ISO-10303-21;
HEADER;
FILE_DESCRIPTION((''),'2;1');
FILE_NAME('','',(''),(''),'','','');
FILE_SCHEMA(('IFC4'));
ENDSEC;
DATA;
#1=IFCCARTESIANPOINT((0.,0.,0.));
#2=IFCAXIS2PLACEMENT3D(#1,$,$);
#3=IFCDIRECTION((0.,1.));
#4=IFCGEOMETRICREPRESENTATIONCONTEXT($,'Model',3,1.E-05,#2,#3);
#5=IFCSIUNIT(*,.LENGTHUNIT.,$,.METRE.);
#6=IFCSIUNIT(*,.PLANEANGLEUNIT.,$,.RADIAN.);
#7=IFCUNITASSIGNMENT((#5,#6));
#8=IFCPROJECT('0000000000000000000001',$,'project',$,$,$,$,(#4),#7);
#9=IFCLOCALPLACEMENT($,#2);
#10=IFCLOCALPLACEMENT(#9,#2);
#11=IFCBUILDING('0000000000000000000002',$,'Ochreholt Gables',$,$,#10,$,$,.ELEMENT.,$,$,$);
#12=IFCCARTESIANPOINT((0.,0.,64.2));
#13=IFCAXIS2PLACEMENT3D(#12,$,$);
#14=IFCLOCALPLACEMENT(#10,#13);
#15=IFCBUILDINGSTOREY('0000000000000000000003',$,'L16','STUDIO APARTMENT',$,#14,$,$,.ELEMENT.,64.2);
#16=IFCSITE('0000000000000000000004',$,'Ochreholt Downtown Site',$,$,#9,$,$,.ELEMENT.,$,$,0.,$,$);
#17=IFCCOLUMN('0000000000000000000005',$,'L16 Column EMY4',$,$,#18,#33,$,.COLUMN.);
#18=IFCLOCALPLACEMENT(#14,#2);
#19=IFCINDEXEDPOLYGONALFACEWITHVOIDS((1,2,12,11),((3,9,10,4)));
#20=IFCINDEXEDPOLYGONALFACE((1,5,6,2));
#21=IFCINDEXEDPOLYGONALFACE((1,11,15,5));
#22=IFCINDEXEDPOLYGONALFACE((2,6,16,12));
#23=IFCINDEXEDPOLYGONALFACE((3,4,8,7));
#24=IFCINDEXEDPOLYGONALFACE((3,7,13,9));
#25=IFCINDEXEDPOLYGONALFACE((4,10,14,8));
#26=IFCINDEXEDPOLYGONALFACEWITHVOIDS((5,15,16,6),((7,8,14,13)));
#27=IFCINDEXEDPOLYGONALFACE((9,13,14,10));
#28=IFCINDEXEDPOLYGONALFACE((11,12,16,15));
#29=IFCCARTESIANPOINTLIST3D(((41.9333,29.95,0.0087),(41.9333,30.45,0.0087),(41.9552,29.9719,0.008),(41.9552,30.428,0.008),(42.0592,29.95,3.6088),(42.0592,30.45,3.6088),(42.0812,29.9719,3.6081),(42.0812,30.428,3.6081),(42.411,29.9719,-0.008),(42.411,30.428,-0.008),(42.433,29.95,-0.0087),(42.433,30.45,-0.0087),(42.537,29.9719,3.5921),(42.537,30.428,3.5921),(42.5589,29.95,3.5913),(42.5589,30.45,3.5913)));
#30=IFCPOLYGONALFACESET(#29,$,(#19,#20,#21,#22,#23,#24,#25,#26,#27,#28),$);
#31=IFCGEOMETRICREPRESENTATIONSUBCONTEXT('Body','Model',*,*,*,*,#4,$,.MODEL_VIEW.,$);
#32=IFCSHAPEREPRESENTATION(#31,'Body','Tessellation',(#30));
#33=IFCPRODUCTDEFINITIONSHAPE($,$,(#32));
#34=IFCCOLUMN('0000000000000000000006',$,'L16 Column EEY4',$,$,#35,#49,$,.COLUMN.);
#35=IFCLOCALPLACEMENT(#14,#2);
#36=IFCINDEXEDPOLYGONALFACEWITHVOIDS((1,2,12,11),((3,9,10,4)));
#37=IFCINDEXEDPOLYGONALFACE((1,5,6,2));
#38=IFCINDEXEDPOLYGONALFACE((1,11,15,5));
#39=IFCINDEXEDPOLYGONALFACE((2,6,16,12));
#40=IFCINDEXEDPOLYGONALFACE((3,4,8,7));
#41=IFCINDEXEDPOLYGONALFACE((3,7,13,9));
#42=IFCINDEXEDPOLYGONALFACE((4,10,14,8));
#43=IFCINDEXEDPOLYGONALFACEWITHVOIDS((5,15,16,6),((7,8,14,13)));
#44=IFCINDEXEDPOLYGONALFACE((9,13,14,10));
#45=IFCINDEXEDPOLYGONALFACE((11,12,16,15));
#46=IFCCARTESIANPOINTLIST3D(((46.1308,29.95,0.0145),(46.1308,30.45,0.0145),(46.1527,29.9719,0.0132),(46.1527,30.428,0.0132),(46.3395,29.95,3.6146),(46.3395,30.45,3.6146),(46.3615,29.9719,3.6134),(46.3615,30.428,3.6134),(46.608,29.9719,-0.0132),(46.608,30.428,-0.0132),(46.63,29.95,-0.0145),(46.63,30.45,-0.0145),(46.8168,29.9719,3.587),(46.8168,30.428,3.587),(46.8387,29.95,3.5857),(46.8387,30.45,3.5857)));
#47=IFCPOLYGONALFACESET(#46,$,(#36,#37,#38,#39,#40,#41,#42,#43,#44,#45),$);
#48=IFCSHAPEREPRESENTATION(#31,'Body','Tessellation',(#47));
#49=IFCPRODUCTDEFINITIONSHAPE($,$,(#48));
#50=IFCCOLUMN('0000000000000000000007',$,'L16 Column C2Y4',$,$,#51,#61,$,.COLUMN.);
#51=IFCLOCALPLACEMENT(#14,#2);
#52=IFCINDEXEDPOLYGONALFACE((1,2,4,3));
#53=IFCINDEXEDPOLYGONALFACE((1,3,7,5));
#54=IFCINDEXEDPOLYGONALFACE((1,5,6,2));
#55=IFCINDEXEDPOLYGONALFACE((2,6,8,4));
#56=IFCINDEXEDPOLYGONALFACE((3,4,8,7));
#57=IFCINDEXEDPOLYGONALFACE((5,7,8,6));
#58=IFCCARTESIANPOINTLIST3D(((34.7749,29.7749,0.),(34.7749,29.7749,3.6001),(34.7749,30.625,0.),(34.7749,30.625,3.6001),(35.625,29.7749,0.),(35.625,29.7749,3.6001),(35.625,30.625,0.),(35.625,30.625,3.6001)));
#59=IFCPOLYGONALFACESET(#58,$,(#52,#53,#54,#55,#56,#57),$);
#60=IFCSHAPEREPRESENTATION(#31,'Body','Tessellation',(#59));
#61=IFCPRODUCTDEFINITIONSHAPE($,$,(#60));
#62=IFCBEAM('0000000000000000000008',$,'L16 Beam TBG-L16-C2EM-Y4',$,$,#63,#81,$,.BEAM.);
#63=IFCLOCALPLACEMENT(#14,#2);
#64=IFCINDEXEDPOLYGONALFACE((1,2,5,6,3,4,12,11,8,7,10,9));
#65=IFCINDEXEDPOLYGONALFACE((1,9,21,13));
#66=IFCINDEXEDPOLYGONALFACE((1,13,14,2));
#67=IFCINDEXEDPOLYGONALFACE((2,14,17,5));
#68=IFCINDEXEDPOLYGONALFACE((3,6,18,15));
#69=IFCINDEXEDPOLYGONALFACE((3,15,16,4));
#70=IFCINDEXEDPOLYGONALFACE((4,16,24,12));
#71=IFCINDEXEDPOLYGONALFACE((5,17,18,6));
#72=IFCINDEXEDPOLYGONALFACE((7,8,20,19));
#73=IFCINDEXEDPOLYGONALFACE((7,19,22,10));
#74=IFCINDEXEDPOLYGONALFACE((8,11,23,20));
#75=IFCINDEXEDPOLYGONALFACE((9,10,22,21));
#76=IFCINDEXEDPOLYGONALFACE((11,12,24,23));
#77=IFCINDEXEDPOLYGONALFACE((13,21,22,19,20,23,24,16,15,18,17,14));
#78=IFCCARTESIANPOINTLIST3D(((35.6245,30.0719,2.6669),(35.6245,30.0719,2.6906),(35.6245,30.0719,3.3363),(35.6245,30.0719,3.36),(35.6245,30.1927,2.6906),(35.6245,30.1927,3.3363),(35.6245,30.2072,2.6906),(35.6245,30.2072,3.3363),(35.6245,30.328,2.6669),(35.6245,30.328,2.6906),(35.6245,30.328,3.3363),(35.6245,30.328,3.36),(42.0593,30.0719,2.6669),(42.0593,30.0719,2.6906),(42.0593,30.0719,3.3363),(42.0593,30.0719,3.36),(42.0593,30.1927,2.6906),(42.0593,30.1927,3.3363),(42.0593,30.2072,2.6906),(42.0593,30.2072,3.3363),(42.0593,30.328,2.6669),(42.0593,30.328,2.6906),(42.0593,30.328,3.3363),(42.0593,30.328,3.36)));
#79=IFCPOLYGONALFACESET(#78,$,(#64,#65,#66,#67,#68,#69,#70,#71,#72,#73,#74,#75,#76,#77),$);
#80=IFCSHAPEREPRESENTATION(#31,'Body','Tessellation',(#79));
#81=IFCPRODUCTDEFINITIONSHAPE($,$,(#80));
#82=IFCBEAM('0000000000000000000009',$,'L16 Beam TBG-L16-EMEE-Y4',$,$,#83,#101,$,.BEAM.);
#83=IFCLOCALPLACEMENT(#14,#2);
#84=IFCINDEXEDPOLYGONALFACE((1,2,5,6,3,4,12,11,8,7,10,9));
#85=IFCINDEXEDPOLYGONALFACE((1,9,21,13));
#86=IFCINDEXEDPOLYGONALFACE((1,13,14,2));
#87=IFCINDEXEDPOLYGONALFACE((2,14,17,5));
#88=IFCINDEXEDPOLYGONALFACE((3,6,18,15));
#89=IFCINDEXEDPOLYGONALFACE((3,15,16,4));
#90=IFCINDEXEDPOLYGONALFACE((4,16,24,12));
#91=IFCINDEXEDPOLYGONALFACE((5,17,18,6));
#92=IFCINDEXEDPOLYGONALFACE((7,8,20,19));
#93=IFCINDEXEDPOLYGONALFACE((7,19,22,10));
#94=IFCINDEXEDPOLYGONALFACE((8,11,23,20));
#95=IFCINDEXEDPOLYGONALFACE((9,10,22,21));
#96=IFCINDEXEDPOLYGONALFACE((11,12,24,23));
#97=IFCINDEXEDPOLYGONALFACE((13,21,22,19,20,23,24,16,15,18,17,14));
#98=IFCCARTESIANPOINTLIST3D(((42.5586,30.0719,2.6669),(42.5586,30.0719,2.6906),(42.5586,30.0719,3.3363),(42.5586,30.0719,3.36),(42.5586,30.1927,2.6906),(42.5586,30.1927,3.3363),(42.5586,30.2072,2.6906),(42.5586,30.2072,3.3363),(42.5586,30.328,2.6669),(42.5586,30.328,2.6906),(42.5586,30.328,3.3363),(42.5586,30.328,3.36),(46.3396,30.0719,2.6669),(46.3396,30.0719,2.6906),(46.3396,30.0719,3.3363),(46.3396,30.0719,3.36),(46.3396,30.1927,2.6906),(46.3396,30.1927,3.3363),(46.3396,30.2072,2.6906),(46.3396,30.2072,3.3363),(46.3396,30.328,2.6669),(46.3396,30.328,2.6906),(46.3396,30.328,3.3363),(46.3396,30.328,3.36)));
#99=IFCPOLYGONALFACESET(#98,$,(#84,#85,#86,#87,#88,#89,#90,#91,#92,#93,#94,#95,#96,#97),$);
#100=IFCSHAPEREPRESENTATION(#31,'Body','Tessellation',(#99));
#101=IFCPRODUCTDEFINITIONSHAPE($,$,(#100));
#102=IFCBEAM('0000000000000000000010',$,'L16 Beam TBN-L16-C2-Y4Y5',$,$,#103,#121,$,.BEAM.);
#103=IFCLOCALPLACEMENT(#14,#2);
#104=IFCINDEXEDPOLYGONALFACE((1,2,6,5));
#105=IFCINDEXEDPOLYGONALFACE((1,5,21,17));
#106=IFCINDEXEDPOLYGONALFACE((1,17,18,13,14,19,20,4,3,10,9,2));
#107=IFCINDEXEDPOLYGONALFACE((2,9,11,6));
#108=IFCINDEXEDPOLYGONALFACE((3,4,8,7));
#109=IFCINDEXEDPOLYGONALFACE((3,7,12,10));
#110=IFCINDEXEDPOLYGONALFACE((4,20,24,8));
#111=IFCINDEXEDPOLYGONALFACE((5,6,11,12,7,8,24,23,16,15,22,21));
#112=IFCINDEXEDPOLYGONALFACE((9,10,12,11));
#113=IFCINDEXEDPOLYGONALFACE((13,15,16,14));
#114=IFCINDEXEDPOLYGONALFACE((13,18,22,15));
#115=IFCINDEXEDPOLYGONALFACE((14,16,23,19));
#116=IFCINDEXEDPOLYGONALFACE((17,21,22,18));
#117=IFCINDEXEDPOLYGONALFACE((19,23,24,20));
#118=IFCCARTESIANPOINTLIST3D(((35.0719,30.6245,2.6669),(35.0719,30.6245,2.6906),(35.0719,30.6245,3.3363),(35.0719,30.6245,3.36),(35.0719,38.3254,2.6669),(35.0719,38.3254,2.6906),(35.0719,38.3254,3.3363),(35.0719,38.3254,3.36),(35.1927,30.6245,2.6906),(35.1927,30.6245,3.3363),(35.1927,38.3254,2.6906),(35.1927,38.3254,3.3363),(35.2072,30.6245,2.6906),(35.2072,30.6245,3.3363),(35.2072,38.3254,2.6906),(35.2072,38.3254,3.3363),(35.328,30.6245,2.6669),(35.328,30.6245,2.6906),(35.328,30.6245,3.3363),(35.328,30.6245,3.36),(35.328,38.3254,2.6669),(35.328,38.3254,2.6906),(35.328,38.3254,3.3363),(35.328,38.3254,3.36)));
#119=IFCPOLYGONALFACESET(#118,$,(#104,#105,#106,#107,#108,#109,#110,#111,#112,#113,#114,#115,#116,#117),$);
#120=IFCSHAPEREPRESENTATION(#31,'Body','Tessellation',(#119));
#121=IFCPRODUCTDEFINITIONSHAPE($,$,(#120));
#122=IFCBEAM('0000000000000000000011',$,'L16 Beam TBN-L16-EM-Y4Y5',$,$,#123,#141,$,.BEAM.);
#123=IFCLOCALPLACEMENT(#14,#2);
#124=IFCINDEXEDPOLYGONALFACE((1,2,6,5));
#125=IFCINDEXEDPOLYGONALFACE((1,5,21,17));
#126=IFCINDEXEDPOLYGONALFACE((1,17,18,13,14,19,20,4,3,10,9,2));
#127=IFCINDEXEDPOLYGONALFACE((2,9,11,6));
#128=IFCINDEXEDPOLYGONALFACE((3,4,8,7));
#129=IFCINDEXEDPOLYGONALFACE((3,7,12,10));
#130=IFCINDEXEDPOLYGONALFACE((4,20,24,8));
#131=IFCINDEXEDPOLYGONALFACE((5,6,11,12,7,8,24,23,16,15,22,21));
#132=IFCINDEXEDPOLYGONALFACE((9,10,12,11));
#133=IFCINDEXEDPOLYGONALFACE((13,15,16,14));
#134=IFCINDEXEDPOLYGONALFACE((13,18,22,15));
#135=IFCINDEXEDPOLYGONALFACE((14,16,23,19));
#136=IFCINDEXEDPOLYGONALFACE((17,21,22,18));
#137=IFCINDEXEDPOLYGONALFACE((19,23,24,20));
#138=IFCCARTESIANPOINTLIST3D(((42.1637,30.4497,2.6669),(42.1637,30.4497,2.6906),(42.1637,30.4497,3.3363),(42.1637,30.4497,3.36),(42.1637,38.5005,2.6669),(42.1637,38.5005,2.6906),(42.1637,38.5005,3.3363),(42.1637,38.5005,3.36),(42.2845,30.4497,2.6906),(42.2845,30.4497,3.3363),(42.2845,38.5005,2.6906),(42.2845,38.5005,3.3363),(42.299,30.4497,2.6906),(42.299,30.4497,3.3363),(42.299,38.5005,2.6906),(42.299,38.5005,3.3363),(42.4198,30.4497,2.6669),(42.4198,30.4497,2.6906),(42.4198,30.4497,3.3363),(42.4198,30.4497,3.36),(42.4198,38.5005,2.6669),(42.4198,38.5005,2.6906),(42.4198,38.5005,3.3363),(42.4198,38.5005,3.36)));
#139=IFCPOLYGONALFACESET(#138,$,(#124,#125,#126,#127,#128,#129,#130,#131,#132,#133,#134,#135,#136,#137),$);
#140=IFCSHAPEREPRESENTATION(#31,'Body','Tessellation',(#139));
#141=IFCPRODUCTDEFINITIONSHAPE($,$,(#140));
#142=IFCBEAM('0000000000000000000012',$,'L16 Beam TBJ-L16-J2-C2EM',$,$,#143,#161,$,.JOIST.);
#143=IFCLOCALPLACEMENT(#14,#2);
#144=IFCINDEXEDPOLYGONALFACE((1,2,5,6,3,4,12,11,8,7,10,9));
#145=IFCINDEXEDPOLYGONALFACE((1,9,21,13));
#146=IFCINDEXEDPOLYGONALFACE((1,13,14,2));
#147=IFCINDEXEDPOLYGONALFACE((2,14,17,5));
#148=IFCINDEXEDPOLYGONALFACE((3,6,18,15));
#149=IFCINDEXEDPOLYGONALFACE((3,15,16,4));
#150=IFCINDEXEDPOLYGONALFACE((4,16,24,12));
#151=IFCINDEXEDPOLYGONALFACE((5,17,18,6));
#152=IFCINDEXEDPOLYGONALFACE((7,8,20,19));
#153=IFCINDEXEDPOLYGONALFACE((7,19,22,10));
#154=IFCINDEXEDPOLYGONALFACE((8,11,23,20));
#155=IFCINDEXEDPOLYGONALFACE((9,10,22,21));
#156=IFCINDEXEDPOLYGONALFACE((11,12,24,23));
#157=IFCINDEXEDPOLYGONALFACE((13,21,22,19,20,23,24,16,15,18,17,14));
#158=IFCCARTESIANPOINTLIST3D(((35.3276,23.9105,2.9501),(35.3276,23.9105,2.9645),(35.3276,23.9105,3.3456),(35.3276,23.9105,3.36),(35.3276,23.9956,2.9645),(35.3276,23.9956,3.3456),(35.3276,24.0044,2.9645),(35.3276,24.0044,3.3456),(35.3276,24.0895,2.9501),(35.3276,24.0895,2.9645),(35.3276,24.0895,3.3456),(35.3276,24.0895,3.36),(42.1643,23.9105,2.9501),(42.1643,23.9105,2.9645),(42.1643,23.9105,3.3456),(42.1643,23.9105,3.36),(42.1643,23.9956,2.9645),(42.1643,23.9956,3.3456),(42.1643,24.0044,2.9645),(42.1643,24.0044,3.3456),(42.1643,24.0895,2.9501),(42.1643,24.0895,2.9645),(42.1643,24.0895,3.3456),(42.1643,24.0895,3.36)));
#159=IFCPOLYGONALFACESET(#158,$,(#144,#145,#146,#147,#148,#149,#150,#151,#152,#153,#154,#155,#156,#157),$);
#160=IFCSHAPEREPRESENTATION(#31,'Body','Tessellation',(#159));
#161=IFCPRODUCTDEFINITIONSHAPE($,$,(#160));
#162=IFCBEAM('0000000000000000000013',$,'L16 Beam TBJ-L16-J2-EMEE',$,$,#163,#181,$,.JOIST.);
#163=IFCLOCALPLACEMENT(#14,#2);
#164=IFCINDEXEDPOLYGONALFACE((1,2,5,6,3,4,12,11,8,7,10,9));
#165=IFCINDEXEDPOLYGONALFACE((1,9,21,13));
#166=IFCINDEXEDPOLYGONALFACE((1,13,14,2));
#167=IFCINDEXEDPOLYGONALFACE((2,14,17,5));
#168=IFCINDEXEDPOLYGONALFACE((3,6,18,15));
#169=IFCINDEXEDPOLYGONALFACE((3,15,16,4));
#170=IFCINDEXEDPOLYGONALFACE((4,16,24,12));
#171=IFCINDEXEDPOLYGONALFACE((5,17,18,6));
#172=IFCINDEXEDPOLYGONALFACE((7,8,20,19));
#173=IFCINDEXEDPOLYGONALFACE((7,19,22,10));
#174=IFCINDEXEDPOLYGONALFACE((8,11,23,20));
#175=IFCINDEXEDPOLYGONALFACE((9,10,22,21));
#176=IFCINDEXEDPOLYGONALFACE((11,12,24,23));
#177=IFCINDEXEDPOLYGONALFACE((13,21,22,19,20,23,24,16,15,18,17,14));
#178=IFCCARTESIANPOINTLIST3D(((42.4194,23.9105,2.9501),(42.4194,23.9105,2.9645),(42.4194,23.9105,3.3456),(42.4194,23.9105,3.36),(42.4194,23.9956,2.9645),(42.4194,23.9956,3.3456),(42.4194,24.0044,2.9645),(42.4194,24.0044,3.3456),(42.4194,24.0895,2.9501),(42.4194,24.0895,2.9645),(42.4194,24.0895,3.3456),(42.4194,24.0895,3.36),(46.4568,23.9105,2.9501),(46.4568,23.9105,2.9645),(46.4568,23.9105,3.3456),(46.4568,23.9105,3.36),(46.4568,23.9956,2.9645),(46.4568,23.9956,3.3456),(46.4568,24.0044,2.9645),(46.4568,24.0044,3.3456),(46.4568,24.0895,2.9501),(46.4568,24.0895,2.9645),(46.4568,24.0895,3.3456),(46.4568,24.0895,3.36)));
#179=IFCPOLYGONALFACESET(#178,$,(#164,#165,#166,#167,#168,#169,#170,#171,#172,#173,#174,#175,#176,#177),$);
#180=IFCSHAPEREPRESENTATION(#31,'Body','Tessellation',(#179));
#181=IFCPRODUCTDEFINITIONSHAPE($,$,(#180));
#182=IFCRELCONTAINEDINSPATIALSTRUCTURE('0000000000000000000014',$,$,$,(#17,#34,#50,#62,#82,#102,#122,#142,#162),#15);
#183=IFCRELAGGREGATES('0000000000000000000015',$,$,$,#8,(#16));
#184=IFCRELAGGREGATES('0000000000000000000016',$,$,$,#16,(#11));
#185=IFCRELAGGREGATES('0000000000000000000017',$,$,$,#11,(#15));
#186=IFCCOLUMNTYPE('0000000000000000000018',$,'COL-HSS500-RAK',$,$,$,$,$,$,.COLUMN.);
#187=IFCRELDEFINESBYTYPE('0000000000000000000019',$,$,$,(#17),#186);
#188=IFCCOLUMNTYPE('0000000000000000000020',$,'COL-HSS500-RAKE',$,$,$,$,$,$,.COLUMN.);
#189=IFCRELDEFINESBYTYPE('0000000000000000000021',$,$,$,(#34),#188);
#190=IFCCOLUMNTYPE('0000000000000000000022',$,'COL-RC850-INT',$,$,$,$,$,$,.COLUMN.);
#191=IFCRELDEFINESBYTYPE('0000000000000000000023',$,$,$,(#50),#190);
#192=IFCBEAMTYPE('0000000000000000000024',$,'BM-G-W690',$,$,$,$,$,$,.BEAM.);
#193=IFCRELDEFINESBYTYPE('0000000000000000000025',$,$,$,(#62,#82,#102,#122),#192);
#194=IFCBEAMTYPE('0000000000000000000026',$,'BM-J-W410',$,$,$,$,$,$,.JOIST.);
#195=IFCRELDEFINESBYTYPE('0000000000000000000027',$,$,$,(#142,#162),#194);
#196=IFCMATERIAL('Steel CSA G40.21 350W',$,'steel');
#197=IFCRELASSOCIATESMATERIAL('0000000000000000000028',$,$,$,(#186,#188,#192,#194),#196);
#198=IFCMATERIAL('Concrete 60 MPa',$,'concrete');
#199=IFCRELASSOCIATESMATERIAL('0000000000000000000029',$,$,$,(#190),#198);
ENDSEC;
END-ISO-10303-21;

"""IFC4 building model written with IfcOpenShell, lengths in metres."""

from ifc_helpers import new_model, si_unit, direction, frame, origin, origin_2d, place, context, subcontext, project, spatial, rectangle, hollow_rectangle, i_section, extrude, material, material_profile, profile_set, type_object, element, save


model = new_model("IFC4")

# Units and contexts
model_context = context("Model", 3, precision=1e-05, world=origin(), true_north=direction((0.0, 1.0)))
body_context = subcontext(model_context, "Body", "Model", "MODEL_VIEW")
ifc_project = project(units=[si_unit("LENGTHUNIT", "METRE"), si_unit("PLANEANGLEUNIT", "RADIAN")], contexts=[model_context])

# Site, building, storey
site_placement = place(None, origin())
site = spatial("IfcSite", under=ifc_project, at=site_placement, Name="Ochreholt Downtown Site", CompositionType="ELEMENT", RefElevation=0.0)
building_placement = place(site_placement, origin())
building = spatial("IfcBuilding", under=site, at=building_placement, Name="Ochreholt Gables", CompositionType="ELEMENT")
storey_placement = place(building_placement, frame((0.0, 0.0, 64.2)))
storey = spatial("IfcBuildingStorey", under=building, at=storey_placement, Name="L16", Description="STUDIO APARTMENT", CompositionType="ELEMENT", Elevation=64.2)

# Columns
ifc_material_1 = material(Name="Steel CSA G40.21 350W", Category="steel")
ifc_material_profile_1 = material_profile(ifc_material_1, hollow_rectangle(XDim=0.5, YDim=0.5, WallThickness=0.022, at=origin_2d()), Name="HSS500X500X22")
ifc_profile_set_1 = profile_set([ifc_material_profile_1], Name="Steel CSA G40.21 350W")
column_type_1 = type_object("IfcColumnType", Name="COL-HSS500-RAK", PredefinedType="COLUMN", material=ifc_profile_set_1)
column_1_placement = place(storey_placement, frame((42.1831, 30.2, 0.0), z_axis=(0.034971, 0.0, 0.999388), x_axis=(0.0, 1.0, 0.0)))
element("IfcColumn", 1, at=column_1_placement, inside=storey, type_object=column_type_1, Name="L16 Column EMY4", PredefinedType="COLUMN", context=body_context, shape_type="SweptSolid", body=[
    extrude(hollow_rectangle(XDim=0.5, YDim=0.5, WallThickness=0.022, at=origin_2d()), origin(), (0.0, 0.0, 1.0), 3.6023),
])
ifc_material_profile_2 = material_profile(ifc_material_1, hollow_rectangle(XDim=0.5, YDim=0.5, WallThickness=0.022, at=origin_2d()), Name="HSS500X500X22")
ifc_profile_set_2 = profile_set([ifc_material_profile_2], Name="Steel CSA G40.21 350W")
column_type_2 = type_object("IfcColumnType", Name="COL-HSS500-RAKE", PredefinedType="COLUMN", material=ifc_profile_set_2)
column_2_placement = place(storey_placement, frame((46.3804, 30.2, 0.0), z_axis=(0.057885, 0.0, 0.998323), x_axis=(0.0, 1.0, 0.0)))
element("IfcColumn", 2, at=column_2_placement, inside=storey, type_object=column_type_2, Name="L16 Column EEY4", PredefinedType="COLUMN", context=body_context, shape_type="SweptSolid", body=[
    extrude(hollow_rectangle(XDim=0.5, YDim=0.5, WallThickness=0.022, at=origin_2d()), origin(), (0.0, 0.0, 1.0), 3.6062),
])
ifc_material_2 = material(Name="Concrete 60 MPa", Category="concrete")
ifc_material_profile_3 = material_profile(ifc_material_2, rectangle(XDim=0.8501, YDim=0.8501, at=origin_2d()), Name="RC850X850")
ifc_profile_set_3 = profile_set([ifc_material_profile_3], Name="Concrete 60 MPa")
column_type_3 = type_object("IfcColumnType", Name="COL-RC850-INT", PredefinedType="COLUMN", material=ifc_profile_set_3)
column_3_placement = place(storey_placement, frame((35.2, 30.2, 0.0), z_axis=(0.0, 0.0, 1.0), x_axis=(1.0, 0.0, 0.0)))
element("IfcColumn", 3, at=column_3_placement, inside=storey, type_object=column_type_3, Name="L16 Column C2Y4", PredefinedType="COLUMN", context=body_context, shape_type="SweptSolid", body=[
    extrude(rectangle(XDim=0.8501, YDim=0.8501, at=origin_2d()), origin(), (0.0, 0.0, 1.0), 3.6001),
])

# Beams
ifc_material_profile_4 = material_profile(ifc_material_1, i_section(OverallWidth=0.2561, OverallDepth=0.6931, WebThickness=0.0144, FlangeThickness=0.0237, at=origin_2d()), Name="W690X170")
ifc_profile_set_4 = profile_set([ifc_material_profile_4], Name="Steel CSA G40.21 350W")
beam_type_1 = type_object("IfcBeamType", Name="BM-G-W690", PredefinedType="BEAM", material=ifc_profile_set_4)
beam_1_placement = place(storey_placement, frame((35.6245, 30.2, 3.0134), z_axis=(1.0, 0.0, 0.0), x_axis=(0.0, 1.0, 0.0)))
element("IfcBeam", 4, at=beam_1_placement, inside=storey, type_object=beam_type_1, Name="L16 Beam TBG-L16-C2EM-Y4", PredefinedType="BEAM", context=body_context, shape_type="SweptSolid", body=[
    extrude(i_section(OverallWidth=0.2561, OverallDepth=0.6931, WebThickness=0.0144, FlangeThickness=0.0237, at=origin_2d()), origin(), (0.0, 0.0, 1.0), 6.4348),
])
beam_2_placement = place(storey_placement, frame((42.5586, 30.2, 3.0134), z_axis=(1.0, 0.0, 0.0), x_axis=(0.0, 1.0, 0.0)))
element("IfcBeam", 5, at=beam_2_placement, inside=storey, type_object=beam_type_1, Name="L16 Beam TBG-L16-EMEE-Y4", PredefinedType="BEAM", context=body_context, shape_type="SweptSolid", body=[
    extrude(i_section(OverallWidth=0.2561, OverallDepth=0.6931, WebThickness=0.0144, FlangeThickness=0.0237, at=origin_2d()), origin(), (0.0, 0.0, 1.0), 3.781),
])
beam_3_placement = place(storey_placement, frame((35.2, 30.6245, 3.0134), z_axis=(0.0, 1.0, 0.0), x_axis=(-1.0, 0.0, 0.0)))
element("IfcBeam", 6, at=beam_3_placement, inside=storey, type_object=beam_type_1, Name="L16 Beam TBN-L16-C2-Y4Y5", PredefinedType="BEAM", context=body_context, shape_type="SweptSolid", body=[
    extrude(i_section(OverallWidth=0.2561, OverallDepth=0.6931, WebThickness=0.0144, FlangeThickness=0.0237, at=origin_2d()), origin(), (0.0, 0.0, 1.0), 7.7009),
])
beam_4_placement = place(storey_placement, frame((42.2917, 30.4497, 3.0134), z_axis=(0.0, 1.0, 0.0), x_axis=(-1.0, 0.0, 0.0)))
element("IfcBeam", 7, at=beam_4_placement, inside=storey, type_object=beam_type_1, Name="L16 Beam TBN-L16-EM-Y4Y5", PredefinedType="BEAM", context=body_context, shape_type="SweptSolid", body=[
    extrude(i_section(OverallWidth=0.2561, OverallDepth=0.6931, WebThickness=0.0144, FlangeThickness=0.0237, at=origin_2d()), origin(), (0.0, 0.0, 1.0), 8.0508),
])
ifc_material_profile_5 = material_profile(ifc_material_1, i_section(OverallWidth=0.179, OverallDepth=0.4099, WebThickness=0.0088, FlangeThickness=0.0144, at=origin_2d()), Name="W410X67")
ifc_profile_set_5 = profile_set([ifc_material_profile_5], Name="Steel CSA G40.21 350W")
beam_type_2 = type_object("IfcBeamType", Name="BM-J-W410", PredefinedType="JOIST", material=ifc_profile_set_5)
beam_5_placement = place(storey_placement, frame((35.3276, 24.0, 3.155), z_axis=(1.0, 0.0, 0.0), x_axis=(0.0, 1.0, 0.0)))
element("IfcBeam", 8, at=beam_5_placement, inside=storey, type_object=beam_type_2, Name="L16 Beam TBJ-L16-J2-C2EM", PredefinedType="JOIST", context=body_context, shape_type="SweptSolid", body=[
    extrude(i_section(OverallWidth=0.179, OverallDepth=0.4099, WebThickness=0.0088, FlangeThickness=0.0144, at=origin_2d()), origin(), (0.0, 0.0, 1.0), 6.8367),
])
beam_6_placement = place(storey_placement, frame((42.4194, 24.0, 3.155), z_axis=(1.0, 0.0, 0.0), x_axis=(0.0, 1.0, 0.0)))
element("IfcBeam", 9, at=beam_6_placement, inside=storey, type_object=beam_type_2, Name="L16 Beam TBJ-L16-J2-EMEE", PredefinedType="JOIST", context=body_context, shape_type="SweptSolid", body=[
    extrude(i_section(OverallWidth=0.179, OverallDepth=0.4099, WebThickness=0.0088, FlangeThickness=0.0144, at=origin_2d()), origin(), (0.0, 0.0, 1.0), 4.0374),
])

save(model, "model.ifc")
